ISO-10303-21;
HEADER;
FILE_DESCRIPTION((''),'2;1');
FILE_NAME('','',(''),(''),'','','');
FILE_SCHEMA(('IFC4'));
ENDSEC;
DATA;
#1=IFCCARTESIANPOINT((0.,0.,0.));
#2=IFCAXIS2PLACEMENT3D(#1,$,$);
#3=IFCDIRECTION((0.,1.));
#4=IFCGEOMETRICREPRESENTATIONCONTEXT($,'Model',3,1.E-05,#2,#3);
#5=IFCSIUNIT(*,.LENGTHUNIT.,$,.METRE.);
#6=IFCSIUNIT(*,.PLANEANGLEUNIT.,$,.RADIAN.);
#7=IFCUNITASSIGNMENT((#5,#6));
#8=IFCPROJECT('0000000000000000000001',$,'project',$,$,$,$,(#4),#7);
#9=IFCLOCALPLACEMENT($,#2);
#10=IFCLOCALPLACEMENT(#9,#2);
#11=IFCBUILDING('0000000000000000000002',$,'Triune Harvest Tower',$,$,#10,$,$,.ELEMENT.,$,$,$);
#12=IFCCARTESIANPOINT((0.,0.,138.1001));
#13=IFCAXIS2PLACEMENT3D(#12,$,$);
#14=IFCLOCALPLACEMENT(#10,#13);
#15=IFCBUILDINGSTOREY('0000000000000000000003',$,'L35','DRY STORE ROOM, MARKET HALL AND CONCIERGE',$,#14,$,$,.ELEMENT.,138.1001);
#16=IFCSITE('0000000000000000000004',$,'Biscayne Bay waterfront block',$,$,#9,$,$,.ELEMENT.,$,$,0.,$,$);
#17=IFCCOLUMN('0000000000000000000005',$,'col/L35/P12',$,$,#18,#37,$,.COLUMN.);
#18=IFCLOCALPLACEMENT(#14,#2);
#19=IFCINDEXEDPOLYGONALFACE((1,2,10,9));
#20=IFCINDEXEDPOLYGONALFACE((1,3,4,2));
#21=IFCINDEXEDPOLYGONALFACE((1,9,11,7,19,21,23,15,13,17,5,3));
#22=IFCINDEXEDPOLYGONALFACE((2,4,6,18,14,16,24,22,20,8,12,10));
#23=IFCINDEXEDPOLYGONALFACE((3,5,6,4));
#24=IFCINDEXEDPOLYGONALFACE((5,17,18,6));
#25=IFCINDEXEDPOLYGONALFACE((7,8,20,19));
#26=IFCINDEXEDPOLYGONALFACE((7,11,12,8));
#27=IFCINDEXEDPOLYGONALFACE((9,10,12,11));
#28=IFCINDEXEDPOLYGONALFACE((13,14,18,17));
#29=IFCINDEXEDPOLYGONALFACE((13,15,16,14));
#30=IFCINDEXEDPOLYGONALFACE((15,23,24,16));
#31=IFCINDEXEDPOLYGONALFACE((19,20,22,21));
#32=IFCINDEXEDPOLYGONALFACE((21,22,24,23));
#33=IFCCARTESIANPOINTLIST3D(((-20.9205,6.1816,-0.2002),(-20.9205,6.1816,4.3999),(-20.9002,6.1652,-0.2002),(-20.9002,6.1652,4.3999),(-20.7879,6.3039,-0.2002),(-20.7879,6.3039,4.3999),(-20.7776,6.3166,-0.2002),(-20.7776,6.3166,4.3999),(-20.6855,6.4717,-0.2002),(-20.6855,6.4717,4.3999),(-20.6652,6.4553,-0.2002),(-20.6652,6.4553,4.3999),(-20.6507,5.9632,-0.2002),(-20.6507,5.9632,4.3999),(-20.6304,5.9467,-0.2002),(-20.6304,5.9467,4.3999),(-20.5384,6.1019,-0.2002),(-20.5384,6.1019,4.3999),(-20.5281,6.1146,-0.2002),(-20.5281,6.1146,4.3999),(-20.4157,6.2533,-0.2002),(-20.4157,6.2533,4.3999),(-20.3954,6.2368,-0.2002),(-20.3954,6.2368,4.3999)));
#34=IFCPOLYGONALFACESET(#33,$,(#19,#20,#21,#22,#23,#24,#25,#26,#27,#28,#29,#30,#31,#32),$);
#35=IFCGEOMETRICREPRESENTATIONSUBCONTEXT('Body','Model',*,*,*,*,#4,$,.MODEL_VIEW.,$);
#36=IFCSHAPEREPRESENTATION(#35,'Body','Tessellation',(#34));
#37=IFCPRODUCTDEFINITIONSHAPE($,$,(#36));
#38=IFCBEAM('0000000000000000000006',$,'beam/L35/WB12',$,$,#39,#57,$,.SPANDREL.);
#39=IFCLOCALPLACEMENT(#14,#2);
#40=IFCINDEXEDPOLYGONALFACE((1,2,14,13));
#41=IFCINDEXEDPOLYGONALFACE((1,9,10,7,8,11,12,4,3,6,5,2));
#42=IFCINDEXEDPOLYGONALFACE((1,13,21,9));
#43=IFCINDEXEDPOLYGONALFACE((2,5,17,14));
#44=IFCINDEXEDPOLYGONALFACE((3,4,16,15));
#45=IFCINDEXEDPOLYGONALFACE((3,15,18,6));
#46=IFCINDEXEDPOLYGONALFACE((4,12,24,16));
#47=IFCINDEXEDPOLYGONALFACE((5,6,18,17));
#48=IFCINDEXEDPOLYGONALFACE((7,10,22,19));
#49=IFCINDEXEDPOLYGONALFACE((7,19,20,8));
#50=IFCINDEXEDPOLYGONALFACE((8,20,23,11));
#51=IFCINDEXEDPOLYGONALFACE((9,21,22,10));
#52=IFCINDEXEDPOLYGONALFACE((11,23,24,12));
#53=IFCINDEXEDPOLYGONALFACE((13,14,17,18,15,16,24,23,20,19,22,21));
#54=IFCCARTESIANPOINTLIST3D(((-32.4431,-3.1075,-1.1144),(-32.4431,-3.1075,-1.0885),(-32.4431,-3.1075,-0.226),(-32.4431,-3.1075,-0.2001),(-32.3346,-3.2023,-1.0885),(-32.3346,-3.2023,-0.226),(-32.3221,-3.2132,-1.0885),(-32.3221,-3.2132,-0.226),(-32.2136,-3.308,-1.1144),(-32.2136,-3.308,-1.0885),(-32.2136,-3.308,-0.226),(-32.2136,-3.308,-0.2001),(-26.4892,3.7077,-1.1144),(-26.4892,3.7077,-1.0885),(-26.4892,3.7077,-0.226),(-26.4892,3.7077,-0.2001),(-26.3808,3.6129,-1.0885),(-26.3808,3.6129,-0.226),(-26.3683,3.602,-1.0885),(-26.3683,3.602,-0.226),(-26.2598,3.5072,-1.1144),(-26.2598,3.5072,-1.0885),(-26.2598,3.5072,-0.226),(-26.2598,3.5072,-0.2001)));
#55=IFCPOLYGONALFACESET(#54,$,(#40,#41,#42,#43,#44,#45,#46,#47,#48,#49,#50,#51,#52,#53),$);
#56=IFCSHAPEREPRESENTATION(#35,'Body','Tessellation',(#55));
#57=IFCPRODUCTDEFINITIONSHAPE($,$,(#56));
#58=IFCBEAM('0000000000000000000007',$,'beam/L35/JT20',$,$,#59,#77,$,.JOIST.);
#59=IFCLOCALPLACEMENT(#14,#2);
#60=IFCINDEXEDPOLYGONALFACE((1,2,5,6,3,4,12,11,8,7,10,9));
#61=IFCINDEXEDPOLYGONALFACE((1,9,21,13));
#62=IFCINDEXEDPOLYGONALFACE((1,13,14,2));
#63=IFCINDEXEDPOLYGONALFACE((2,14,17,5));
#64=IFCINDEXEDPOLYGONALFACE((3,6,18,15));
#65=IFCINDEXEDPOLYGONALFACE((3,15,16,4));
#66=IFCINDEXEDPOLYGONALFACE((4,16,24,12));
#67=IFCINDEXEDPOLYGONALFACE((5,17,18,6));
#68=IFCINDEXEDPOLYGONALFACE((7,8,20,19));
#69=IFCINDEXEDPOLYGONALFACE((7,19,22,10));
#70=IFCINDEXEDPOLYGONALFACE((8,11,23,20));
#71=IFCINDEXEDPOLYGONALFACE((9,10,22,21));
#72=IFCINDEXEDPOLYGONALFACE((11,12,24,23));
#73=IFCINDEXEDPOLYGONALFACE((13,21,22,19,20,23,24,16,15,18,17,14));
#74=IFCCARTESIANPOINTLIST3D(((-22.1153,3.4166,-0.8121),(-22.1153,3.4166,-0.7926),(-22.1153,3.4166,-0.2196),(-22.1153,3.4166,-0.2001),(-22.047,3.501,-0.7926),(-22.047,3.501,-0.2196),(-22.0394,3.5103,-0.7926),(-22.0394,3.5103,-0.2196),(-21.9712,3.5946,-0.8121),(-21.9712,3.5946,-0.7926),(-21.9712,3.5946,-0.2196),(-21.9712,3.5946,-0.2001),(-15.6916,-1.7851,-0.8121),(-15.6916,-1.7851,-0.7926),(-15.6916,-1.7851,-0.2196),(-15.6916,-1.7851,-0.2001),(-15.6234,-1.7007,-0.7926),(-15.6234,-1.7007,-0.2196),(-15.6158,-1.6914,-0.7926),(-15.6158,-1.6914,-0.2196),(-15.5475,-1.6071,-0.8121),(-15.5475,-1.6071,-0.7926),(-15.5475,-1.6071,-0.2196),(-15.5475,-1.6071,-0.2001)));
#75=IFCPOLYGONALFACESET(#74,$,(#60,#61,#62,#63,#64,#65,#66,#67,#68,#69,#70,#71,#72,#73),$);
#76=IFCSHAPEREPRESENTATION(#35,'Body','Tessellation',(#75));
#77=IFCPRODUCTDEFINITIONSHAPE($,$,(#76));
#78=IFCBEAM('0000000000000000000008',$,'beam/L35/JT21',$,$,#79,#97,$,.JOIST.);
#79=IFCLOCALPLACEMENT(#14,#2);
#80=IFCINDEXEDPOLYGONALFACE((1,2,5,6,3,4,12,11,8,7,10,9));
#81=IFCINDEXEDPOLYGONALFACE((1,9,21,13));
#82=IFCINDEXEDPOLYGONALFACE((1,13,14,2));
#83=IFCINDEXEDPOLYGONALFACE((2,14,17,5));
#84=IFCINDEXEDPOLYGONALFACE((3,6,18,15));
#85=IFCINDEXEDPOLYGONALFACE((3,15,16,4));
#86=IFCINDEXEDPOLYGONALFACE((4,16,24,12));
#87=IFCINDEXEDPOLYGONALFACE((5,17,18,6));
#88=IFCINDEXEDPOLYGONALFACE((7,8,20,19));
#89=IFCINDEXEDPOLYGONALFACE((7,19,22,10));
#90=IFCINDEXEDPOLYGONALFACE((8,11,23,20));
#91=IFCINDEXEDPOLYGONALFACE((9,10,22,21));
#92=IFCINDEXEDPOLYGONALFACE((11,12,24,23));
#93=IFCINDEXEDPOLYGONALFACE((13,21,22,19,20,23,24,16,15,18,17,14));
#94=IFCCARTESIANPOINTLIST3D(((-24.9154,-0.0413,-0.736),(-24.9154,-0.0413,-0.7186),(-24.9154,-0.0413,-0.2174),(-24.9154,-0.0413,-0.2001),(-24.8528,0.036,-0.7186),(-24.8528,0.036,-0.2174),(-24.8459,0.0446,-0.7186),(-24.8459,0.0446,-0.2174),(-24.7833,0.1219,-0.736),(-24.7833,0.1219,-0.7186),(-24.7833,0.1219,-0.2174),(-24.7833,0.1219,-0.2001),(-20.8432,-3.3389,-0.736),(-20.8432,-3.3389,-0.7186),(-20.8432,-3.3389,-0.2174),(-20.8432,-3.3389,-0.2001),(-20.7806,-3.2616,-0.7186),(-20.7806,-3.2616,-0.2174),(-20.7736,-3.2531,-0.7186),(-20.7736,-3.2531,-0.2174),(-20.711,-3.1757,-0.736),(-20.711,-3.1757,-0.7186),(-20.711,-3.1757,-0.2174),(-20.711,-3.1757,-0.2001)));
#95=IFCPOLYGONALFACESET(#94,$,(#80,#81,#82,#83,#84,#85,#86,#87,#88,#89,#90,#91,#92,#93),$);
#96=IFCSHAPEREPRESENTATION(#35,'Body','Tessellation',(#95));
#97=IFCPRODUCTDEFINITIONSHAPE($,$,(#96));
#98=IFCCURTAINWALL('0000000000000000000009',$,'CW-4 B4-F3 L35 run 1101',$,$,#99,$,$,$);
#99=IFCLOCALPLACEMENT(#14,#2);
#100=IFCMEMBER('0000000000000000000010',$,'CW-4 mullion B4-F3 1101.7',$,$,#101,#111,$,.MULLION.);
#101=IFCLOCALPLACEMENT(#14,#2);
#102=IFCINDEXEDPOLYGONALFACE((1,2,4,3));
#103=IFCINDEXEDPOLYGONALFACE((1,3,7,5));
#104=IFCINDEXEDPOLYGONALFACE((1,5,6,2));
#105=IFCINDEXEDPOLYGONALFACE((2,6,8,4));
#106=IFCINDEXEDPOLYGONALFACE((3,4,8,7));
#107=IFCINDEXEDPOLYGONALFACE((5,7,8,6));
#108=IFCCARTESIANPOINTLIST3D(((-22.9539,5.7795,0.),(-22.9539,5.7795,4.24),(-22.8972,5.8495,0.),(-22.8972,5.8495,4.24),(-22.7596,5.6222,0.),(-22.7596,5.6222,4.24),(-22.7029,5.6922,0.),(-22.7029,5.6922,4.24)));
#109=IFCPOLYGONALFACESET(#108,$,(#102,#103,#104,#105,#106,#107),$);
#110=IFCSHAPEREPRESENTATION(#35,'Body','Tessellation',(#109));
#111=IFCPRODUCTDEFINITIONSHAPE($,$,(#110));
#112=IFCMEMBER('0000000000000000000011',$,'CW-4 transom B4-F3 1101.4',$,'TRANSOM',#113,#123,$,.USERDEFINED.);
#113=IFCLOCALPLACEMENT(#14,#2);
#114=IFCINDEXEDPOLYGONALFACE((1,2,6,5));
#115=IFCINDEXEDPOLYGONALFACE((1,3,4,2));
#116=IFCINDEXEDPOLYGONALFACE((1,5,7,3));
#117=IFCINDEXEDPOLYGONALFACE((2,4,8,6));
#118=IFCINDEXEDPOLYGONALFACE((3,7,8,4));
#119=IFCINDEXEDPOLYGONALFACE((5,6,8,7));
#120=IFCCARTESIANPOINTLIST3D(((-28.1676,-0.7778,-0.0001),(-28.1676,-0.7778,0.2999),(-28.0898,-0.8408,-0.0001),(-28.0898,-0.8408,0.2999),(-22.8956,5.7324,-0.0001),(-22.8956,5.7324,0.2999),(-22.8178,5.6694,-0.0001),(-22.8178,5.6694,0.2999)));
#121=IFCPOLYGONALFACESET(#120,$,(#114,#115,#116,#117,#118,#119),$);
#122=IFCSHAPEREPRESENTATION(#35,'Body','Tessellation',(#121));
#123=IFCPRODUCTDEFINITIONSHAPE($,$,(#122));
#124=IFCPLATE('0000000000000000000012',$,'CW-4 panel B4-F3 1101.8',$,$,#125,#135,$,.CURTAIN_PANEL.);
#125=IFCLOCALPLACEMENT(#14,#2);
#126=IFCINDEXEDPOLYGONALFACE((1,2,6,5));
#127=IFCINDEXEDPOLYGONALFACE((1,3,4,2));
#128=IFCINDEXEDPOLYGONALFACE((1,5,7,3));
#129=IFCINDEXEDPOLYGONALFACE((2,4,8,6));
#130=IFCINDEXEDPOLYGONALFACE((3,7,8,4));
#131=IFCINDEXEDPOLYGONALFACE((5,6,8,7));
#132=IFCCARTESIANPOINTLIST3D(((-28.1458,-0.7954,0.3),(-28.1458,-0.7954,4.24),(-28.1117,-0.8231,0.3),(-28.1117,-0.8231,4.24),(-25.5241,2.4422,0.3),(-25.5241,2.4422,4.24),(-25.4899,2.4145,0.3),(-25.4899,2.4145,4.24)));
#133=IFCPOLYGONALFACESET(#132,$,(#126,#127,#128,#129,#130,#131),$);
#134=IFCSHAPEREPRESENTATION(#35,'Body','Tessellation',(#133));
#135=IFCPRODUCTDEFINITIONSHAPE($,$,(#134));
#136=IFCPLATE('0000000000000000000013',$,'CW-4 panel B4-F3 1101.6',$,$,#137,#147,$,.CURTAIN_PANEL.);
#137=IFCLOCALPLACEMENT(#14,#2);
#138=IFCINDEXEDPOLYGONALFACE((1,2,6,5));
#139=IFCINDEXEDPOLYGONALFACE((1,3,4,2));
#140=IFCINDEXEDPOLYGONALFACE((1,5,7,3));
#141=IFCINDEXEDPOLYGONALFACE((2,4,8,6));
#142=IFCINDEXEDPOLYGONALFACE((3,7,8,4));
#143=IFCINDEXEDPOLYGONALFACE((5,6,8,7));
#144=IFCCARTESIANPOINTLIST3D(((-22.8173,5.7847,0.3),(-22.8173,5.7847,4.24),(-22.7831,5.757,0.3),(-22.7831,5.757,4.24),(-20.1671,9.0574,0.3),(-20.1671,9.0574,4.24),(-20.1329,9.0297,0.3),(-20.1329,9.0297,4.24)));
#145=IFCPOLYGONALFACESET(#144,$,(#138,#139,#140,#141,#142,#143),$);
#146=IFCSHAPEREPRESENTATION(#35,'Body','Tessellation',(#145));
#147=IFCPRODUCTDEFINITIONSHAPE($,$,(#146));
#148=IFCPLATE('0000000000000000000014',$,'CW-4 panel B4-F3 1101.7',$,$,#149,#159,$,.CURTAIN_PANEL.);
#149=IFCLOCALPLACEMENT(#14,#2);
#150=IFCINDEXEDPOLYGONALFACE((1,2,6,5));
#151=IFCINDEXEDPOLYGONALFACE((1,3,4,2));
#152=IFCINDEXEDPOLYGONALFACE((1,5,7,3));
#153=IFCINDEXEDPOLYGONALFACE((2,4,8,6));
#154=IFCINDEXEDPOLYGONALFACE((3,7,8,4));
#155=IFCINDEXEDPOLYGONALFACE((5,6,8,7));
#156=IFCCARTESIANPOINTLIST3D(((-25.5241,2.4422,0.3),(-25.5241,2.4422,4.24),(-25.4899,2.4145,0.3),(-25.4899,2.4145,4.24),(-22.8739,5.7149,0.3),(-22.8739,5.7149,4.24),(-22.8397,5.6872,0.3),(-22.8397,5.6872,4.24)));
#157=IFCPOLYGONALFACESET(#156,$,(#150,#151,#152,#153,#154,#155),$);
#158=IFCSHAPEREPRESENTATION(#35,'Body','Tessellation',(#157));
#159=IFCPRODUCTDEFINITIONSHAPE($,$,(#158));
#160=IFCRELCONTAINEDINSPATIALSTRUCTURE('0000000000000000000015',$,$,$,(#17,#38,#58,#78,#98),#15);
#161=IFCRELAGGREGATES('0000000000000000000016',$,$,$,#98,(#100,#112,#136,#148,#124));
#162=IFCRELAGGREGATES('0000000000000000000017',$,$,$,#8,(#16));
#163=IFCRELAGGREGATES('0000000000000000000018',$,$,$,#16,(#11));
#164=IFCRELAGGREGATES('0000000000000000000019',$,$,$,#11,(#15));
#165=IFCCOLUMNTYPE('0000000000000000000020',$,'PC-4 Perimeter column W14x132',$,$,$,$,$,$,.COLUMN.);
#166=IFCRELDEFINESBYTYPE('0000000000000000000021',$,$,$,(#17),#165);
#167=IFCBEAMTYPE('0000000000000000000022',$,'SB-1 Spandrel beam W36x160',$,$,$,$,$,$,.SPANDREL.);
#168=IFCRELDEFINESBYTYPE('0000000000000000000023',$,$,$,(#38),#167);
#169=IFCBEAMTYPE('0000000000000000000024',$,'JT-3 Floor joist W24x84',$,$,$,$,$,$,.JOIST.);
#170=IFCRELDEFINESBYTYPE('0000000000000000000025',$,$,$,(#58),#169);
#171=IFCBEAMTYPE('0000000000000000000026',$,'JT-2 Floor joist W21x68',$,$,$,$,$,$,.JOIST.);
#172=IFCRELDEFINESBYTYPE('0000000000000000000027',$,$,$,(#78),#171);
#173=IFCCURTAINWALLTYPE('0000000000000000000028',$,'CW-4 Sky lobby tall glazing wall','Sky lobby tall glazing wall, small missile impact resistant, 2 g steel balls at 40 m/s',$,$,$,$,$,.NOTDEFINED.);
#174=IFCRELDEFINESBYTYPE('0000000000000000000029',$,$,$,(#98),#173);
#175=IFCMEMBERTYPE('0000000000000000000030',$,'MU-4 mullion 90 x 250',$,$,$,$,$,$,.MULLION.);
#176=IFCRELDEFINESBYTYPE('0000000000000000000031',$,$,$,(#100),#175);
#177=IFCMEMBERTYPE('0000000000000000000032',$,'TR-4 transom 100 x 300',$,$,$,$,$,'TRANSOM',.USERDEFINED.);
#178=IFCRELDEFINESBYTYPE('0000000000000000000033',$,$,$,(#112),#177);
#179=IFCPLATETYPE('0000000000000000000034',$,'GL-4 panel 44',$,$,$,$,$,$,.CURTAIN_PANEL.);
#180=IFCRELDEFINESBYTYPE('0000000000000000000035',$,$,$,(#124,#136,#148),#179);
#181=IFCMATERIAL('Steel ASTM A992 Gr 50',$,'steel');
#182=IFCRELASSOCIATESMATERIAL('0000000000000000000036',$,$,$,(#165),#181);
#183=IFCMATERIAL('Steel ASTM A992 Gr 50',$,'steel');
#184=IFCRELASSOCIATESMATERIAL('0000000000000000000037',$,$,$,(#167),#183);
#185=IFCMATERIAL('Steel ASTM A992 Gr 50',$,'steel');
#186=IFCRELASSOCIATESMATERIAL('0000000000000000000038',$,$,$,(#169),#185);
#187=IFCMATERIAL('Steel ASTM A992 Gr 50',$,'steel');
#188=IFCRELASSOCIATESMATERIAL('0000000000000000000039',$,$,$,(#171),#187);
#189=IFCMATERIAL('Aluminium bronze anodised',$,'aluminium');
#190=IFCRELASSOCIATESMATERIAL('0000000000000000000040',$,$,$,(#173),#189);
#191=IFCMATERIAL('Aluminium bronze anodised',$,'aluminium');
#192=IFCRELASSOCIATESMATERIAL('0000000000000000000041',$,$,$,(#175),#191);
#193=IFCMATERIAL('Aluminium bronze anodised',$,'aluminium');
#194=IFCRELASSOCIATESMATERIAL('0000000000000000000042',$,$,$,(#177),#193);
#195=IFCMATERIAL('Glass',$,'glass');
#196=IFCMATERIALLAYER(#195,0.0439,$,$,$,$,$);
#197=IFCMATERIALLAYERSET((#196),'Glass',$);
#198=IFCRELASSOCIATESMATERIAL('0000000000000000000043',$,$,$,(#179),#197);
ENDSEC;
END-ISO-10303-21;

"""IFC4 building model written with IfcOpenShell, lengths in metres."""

from ifc_helpers import new_model, si_unit, direction, frame, origin, origin_2d, place, context, subcontext, project, spatial, rectangle, i_section, extrude, source, transform, mapped, material, layer, layer_set, material_profile, profile_set, type_object, element, aggregate, save


model = new_model("IFC4")

# Units and contexts
model_context = context("Model", 3, precision=1e-05, world=origin(), true_north=direction((0.0, 1.0)))
body_context = subcontext(model_context, "Body", "Model", "MODEL_VIEW")
ifc_project = project(units=[si_unit("LENGTHUNIT", "METRE"), si_unit("PLANEANGLEUNIT", "RADIAN")], contexts=[model_context])

# Site, building, storey
site_placement = place(None, origin())
site = spatial("IfcSite", under=ifc_project, at=site_placement, Name="Biscayne Bay waterfront block", CompositionType="ELEMENT", RefElevation=0.0)
building_placement = place(site_placement, origin())
building = spatial("IfcBuilding", under=site, at=building_placement, Name="Triune Harvest Tower", CompositionType="ELEMENT")
storey_placement = place(building_placement, frame((0.0, 0.0, 138.1001)))
storey = spatial("IfcBuildingStorey", under=building, at=storey_placement, Name="L35", Description="DRY STORE ROOM, MARKET HALL AND CONCIERGE", CompositionType="ELEMENT", Elevation=138.1001)

# Column
ifc_material_1 = material(Name="Steel ASTM A992 Gr 50", Category="steel")
ifc_material_profile_1 = material_profile(ifc_material_1, i_section(OverallWidth=0.3733, OverallDepth=0.3733, WebThickness=0.0164, FlangeThickness=0.0261, at=origin_2d()), Name="W14x132")
ifc_profile_set_1 = profile_set([ifc_material_profile_1], Name="Steel ASTM A992 Gr 50")
column_type = type_object("IfcColumnType", Name="PC-4 Perimeter column W14x132", PredefinedType="COLUMN", material=ifc_profile_set_1)
shared_shape_1 = source(origin(), body_context, "Body", "SweptSolid", [
    extrude(i_section(OverallWidth=0.3733, OverallDepth=0.3733, WebThickness=0.0164, FlangeThickness=0.0261, at=origin_2d()), origin(), (0.0, 0.0, 1.0), 4.6001),
])
column_placement = place(storey_placement, frame((-20.658, 6.2092, -0.2002), z_axis=(0.0, 0.0, 1.0), x_axis=(-0.629322, -0.777145, 0.0)))
element("IfcColumn", 1, at=column_placement, inside=storey, type_object=column_type, Name="col/L35/P12", PredefinedType="COLUMN", context=body_context, shape_type="MappedRepresentation", body=[
    mapped(shared_shape_1, transform((0.0, 0.0, 0.0), scale=1.0)),
])

# Beams
ifc_material_2 = material(Name="Steel ASTM A992 Gr 50", Category="steel")
ifc_material_profile_2 = material_profile(ifc_material_2, i_section(OverallWidth=0.3047, OverallDepth=0.9143, WebThickness=0.0166, FlangeThickness=0.0259, at=origin_2d()), Name="W36x160")
ifc_profile_set_2 = profile_set([ifc_material_profile_2], Name="Steel ASTM A992 Gr 50")
beam_type_1 = type_object("IfcBeamType", Name="SB-1 Spandrel beam W36x160", PredefinedType="SPANDREL", material=ifc_profile_set_2)
beam_1_placement = place(storey_placement, frame((-26.3745, 3.6074, -0.6572), z_axis=(-0.657914, -0.753093, 0.0), x_axis=(0.753093, -0.657914, 0.0)))
element("IfcBeam", 2, at=beam_1_placement, inside=storey, type_object=beam_type_1, Name="beam/L35/WB12", PredefinedType="SPANDREL", context=body_context, shape_type="SweptSolid", body=[
    extrude(i_section(OverallWidth=0.3047, OverallDepth=0.9143, WebThickness=0.0166, FlangeThickness=0.0259, at=origin_2d()), origin(), (0.0, 0.0, 1.0), 9.0496),
])
ifc_material_3 = material(Name="Steel ASTM A992 Gr 50", Category="steel")
ifc_material_profile_3 = material_profile(ifc_material_3, i_section(OverallWidth=0.229, OverallDepth=0.6121, WebThickness=0.012, FlangeThickness=0.0195, at=origin_2d()), Name="W24x84")
ifc_profile_set_3 = profile_set([ifc_material_profile_3], Name="Steel ASTM A992 Gr 50")
beam_type_2 = type_object("IfcBeamType", Name="JT-3 Floor joist W24x84", PredefinedType="JOIST", material=ifc_profile_set_3)
shared_shape_2 = source(origin(), body_context, "Body", "SweptSolid", [
    extrude(i_section(OverallWidth=0.229, OverallDepth=0.6121, WebThickness=0.012, FlangeThickness=0.0195, at=origin_2d()), origin(), (0.0, 0.0, 1.0), 8.2656),
])
beam_2_placement = place(storey_placement, frame((-22.0432, 3.5056, -0.5061), z_axis=(0.777149, -0.629316, 0.0), x_axis=(0.629316, 0.777149, 0.0)))
element("IfcBeam", 3, at=beam_2_placement, inside=storey, type_object=beam_type_2, Name="beam/L35/JT20", PredefinedType="JOIST", context=body_context, shape_type="MappedRepresentation", body=[
    mapped(shared_shape_2, transform((0.0, 0.0, 0.0), scale=1.0)),
])
ifc_material_4 = material(Name="Steel ASTM A992 Gr 50", Category="steel")
ifc_material_profile_4 = material_profile(ifc_material_4, i_section(OverallWidth=0.21, OverallDepth=0.5359, WebThickness=0.011, FlangeThickness=0.0173, at=origin_2d()), Name="W21x68")
ifc_profile_set_4 = profile_set([ifc_material_profile_4], Name="Steel ASTM A992 Gr 50")
beam_type_3 = type_object("IfcBeamType", Name="JT-2 Floor joist W21x68", PredefinedType="JOIST", material=ifc_profile_set_4)
shared_shape_3 = source(origin(), body_context, "Body", "SweptSolid", [
    extrude(i_section(OverallWidth=0.21, OverallDepth=0.5359, WebThickness=0.011, FlangeThickness=0.0173, at=origin_2d()), origin(), (0.0, 0.0, 1.0), 5.24),
])
beam_3_placement = place(storey_placement, frame((-24.8494, 0.0403, -0.468), z_axis=(0.77715, -0.629315, 0.0), x_axis=(0.629315, 0.77715, 0.0)))
element("IfcBeam", 4, at=beam_3_placement, inside=storey, type_object=beam_type_3, Name="beam/L35/JT21", PredefinedType="JOIST", context=body_context, shape_type="MappedRepresentation", body=[
    mapped(shared_shape_3, transform((0.0, 0.0, 0.0), scale=1.0)),
])

# Curtain wall, members, plates
ifc_material_5 = material(Name="Aluminium bronze anodised", Category="aluminium")
curtain_wall_type = type_object("IfcCurtainWallType", Name="CW-4 Sky lobby tall glazing wall", Description="Sky lobby tall glazing wall, small missile impact resistant, 2 g steel balls at 40 m/s", PredefinedType="NOTDEFINED", material=ifc_material_5)
curtain_wall_placement = place(storey_placement, origin())
curtain_wall = element("IfcCurtainWall", 5, at=curtain_wall_placement, inside=storey, type_object=curtain_wall_type, Name="CW-4 B4-F3 L35 run 1101")
ifc_material_6 = material(Name="Aluminium bronze anodised", Category="aluminium")
ifc_material_profile_5 = material_profile(ifc_material_6, rectangle(XDim=0.25, YDim=0.0901, at=origin_2d()), Name="MU-4 mullion 90 x 250")
ifc_profile_set_5 = profile_set([ifc_material_profile_5], Name="Aluminium bronze anodised")
member_type_1 = type_object("IfcMemberType", Name="MU-4 mullion 90 x 250", PredefinedType="MULLION", material=ifc_profile_set_5)
shared_shape_4 = source(origin(), body_context, "Body", "SweptSolid", [
    extrude(rectangle(XDim=0.25, YDim=0.0901, at=origin_2d()), origin(), (0.0, 0.0, 1.0), 4.24),
])
member_1_placement = place(storey_placement, frame((-22.8284, 5.7358, 0.0), z_axis=(0.0, 0.0, 1.0), x_axis=(0.777145, -0.629322, 0.0)))
member_1 = element("IfcMember", 6, at=member_1_placement, type_object=member_type_1, Name="CW-4 mullion B4-F3 1101.7", PredefinedType="MULLION", context=body_context, shape_type="MappedRepresentation", body=[
    mapped(shared_shape_4, transform((0.0, 0.0, 0.0), scale=1.0)),
])
ifc_material_7 = material(Name="Aluminium bronze anodised", Category="aluminium")
ifc_material_profile_6 = material_profile(ifc_material_7, rectangle(XDim=0.1001, YDim=0.3, at=origin_2d()), Name="TR-4 transom 100 x 300")
ifc_profile_set_6 = profile_set([ifc_material_profile_6], Name="Aluminium bronze anodised")
member_type_2 = type_object("IfcMemberType", Name="TR-4 transom 100 x 300", ElementType="TRANSOM", PredefinedType="USERDEFINED", material=ifc_profile_set_6)
shared_shape_5 = source(origin(), body_context, "Body", "SweptSolid", [
    extrude(rectangle(XDim=0.1001, YDim=0.3, at=origin_2d()), origin(), (0.0, 0.0, 1.0), 8.3772),
])
member_2_placement = place(storey_placement, frame((-22.8567, 5.7009, 0.1499), z_axis=(-0.629326, -0.777142, 0.0), x_axis=(0.777142, -0.629326, 0.0)))
member_2 = element("IfcMember", 7, at=member_2_placement, type_object=member_type_2, Name="CW-4 transom B4-F3 1101.4", ObjectType="TRANSOM", PredefinedType="USERDEFINED", context=body_context, shape_type="MappedRepresentation", body=[
    mapped(shared_shape_5, transform((0.0, 0.0, 0.0), scale=1.0)),
])
ifc_material_8 = material(Name="Glass", Category="glass")
ifc_layer_1 = layer(ifc_material_8, 0.0439)
ifc_layer_set_1 = layer_set([ifc_layer_1], Name="Glass")
plate_type = type_object("IfcPlateType", Name="GL-4 panel 44", PredefinedType="CURTAIN_PANEL", material=ifc_layer_set_1)
shared_shape_6 = source(origin(), body_context, "Body", "SweptSolid", [
    extrude(rectangle(XDim=4.166, YDim=0.0439, at=origin_2d()), origin(), (0.0, 0.0, 1.0), 3.9399),
])
plate_1_placement = place(storey_placement, frame((-26.8179, 0.8096, 0.3), z_axis=(0.0, 0.0, 1.0), x_axis=(-0.629322, -0.777145, 0.0)))
plate_1 = element("IfcPlate", 8, at=plate_1_placement, type_object=plate_type, Name="CW-4 panel B4-F3 1101.8", PredefinedType="CURTAIN_PANEL", context=body_context, shape_type="MappedRepresentation", body=[
    mapped(shared_shape_6, transform((0.0, 0.0, 0.0), scale=1.0)),
])
shared_shape_7 = source(origin(), body_context, "Body", "SweptSolid", [
    extrude(rectangle(XDim=4.2112, YDim=0.0439, at=origin_2d()), origin(), (0.0, 0.0, 1.0), 3.9399),
])
plate_2_placement = place(storey_placement, frame((-21.4751, 7.4072, 0.3), z_axis=(0.0, 0.0, 1.0), x_axis=(-0.629322, -0.777145, 0.0)))
plate_2 = element("IfcPlate", 9, at=plate_2_placement, type_object=plate_type, Name="CW-4 panel B4-F3 1101.6", PredefinedType="CURTAIN_PANEL", context=body_context, shape_type="MappedRepresentation", body=[
    mapped(shared_shape_7, transform((0.0, 0.0, 0.0), scale=1.0)),
])
plate_3_placement = place(storey_placement, frame((-24.1819, 4.0647, 0.3), z_axis=(0.0, 0.0, 1.0), x_axis=(-0.629322, -0.777145, 0.0)))
plate_3 = element("IfcPlate", 10, at=plate_3_placement, type_object=plate_type, Name="CW-4 panel B4-F3 1101.7", PredefinedType="CURTAIN_PANEL", context=body_context, shape_type="MappedRepresentation", body=[
    mapped(shared_shape_7, transform((0.0, 0.0, 0.0), scale=1.0)),
])
aggregate(curtain_wall, [member_1, member_2, plate_2, plate_3, plate_1])

save(model, "model.ifc")
